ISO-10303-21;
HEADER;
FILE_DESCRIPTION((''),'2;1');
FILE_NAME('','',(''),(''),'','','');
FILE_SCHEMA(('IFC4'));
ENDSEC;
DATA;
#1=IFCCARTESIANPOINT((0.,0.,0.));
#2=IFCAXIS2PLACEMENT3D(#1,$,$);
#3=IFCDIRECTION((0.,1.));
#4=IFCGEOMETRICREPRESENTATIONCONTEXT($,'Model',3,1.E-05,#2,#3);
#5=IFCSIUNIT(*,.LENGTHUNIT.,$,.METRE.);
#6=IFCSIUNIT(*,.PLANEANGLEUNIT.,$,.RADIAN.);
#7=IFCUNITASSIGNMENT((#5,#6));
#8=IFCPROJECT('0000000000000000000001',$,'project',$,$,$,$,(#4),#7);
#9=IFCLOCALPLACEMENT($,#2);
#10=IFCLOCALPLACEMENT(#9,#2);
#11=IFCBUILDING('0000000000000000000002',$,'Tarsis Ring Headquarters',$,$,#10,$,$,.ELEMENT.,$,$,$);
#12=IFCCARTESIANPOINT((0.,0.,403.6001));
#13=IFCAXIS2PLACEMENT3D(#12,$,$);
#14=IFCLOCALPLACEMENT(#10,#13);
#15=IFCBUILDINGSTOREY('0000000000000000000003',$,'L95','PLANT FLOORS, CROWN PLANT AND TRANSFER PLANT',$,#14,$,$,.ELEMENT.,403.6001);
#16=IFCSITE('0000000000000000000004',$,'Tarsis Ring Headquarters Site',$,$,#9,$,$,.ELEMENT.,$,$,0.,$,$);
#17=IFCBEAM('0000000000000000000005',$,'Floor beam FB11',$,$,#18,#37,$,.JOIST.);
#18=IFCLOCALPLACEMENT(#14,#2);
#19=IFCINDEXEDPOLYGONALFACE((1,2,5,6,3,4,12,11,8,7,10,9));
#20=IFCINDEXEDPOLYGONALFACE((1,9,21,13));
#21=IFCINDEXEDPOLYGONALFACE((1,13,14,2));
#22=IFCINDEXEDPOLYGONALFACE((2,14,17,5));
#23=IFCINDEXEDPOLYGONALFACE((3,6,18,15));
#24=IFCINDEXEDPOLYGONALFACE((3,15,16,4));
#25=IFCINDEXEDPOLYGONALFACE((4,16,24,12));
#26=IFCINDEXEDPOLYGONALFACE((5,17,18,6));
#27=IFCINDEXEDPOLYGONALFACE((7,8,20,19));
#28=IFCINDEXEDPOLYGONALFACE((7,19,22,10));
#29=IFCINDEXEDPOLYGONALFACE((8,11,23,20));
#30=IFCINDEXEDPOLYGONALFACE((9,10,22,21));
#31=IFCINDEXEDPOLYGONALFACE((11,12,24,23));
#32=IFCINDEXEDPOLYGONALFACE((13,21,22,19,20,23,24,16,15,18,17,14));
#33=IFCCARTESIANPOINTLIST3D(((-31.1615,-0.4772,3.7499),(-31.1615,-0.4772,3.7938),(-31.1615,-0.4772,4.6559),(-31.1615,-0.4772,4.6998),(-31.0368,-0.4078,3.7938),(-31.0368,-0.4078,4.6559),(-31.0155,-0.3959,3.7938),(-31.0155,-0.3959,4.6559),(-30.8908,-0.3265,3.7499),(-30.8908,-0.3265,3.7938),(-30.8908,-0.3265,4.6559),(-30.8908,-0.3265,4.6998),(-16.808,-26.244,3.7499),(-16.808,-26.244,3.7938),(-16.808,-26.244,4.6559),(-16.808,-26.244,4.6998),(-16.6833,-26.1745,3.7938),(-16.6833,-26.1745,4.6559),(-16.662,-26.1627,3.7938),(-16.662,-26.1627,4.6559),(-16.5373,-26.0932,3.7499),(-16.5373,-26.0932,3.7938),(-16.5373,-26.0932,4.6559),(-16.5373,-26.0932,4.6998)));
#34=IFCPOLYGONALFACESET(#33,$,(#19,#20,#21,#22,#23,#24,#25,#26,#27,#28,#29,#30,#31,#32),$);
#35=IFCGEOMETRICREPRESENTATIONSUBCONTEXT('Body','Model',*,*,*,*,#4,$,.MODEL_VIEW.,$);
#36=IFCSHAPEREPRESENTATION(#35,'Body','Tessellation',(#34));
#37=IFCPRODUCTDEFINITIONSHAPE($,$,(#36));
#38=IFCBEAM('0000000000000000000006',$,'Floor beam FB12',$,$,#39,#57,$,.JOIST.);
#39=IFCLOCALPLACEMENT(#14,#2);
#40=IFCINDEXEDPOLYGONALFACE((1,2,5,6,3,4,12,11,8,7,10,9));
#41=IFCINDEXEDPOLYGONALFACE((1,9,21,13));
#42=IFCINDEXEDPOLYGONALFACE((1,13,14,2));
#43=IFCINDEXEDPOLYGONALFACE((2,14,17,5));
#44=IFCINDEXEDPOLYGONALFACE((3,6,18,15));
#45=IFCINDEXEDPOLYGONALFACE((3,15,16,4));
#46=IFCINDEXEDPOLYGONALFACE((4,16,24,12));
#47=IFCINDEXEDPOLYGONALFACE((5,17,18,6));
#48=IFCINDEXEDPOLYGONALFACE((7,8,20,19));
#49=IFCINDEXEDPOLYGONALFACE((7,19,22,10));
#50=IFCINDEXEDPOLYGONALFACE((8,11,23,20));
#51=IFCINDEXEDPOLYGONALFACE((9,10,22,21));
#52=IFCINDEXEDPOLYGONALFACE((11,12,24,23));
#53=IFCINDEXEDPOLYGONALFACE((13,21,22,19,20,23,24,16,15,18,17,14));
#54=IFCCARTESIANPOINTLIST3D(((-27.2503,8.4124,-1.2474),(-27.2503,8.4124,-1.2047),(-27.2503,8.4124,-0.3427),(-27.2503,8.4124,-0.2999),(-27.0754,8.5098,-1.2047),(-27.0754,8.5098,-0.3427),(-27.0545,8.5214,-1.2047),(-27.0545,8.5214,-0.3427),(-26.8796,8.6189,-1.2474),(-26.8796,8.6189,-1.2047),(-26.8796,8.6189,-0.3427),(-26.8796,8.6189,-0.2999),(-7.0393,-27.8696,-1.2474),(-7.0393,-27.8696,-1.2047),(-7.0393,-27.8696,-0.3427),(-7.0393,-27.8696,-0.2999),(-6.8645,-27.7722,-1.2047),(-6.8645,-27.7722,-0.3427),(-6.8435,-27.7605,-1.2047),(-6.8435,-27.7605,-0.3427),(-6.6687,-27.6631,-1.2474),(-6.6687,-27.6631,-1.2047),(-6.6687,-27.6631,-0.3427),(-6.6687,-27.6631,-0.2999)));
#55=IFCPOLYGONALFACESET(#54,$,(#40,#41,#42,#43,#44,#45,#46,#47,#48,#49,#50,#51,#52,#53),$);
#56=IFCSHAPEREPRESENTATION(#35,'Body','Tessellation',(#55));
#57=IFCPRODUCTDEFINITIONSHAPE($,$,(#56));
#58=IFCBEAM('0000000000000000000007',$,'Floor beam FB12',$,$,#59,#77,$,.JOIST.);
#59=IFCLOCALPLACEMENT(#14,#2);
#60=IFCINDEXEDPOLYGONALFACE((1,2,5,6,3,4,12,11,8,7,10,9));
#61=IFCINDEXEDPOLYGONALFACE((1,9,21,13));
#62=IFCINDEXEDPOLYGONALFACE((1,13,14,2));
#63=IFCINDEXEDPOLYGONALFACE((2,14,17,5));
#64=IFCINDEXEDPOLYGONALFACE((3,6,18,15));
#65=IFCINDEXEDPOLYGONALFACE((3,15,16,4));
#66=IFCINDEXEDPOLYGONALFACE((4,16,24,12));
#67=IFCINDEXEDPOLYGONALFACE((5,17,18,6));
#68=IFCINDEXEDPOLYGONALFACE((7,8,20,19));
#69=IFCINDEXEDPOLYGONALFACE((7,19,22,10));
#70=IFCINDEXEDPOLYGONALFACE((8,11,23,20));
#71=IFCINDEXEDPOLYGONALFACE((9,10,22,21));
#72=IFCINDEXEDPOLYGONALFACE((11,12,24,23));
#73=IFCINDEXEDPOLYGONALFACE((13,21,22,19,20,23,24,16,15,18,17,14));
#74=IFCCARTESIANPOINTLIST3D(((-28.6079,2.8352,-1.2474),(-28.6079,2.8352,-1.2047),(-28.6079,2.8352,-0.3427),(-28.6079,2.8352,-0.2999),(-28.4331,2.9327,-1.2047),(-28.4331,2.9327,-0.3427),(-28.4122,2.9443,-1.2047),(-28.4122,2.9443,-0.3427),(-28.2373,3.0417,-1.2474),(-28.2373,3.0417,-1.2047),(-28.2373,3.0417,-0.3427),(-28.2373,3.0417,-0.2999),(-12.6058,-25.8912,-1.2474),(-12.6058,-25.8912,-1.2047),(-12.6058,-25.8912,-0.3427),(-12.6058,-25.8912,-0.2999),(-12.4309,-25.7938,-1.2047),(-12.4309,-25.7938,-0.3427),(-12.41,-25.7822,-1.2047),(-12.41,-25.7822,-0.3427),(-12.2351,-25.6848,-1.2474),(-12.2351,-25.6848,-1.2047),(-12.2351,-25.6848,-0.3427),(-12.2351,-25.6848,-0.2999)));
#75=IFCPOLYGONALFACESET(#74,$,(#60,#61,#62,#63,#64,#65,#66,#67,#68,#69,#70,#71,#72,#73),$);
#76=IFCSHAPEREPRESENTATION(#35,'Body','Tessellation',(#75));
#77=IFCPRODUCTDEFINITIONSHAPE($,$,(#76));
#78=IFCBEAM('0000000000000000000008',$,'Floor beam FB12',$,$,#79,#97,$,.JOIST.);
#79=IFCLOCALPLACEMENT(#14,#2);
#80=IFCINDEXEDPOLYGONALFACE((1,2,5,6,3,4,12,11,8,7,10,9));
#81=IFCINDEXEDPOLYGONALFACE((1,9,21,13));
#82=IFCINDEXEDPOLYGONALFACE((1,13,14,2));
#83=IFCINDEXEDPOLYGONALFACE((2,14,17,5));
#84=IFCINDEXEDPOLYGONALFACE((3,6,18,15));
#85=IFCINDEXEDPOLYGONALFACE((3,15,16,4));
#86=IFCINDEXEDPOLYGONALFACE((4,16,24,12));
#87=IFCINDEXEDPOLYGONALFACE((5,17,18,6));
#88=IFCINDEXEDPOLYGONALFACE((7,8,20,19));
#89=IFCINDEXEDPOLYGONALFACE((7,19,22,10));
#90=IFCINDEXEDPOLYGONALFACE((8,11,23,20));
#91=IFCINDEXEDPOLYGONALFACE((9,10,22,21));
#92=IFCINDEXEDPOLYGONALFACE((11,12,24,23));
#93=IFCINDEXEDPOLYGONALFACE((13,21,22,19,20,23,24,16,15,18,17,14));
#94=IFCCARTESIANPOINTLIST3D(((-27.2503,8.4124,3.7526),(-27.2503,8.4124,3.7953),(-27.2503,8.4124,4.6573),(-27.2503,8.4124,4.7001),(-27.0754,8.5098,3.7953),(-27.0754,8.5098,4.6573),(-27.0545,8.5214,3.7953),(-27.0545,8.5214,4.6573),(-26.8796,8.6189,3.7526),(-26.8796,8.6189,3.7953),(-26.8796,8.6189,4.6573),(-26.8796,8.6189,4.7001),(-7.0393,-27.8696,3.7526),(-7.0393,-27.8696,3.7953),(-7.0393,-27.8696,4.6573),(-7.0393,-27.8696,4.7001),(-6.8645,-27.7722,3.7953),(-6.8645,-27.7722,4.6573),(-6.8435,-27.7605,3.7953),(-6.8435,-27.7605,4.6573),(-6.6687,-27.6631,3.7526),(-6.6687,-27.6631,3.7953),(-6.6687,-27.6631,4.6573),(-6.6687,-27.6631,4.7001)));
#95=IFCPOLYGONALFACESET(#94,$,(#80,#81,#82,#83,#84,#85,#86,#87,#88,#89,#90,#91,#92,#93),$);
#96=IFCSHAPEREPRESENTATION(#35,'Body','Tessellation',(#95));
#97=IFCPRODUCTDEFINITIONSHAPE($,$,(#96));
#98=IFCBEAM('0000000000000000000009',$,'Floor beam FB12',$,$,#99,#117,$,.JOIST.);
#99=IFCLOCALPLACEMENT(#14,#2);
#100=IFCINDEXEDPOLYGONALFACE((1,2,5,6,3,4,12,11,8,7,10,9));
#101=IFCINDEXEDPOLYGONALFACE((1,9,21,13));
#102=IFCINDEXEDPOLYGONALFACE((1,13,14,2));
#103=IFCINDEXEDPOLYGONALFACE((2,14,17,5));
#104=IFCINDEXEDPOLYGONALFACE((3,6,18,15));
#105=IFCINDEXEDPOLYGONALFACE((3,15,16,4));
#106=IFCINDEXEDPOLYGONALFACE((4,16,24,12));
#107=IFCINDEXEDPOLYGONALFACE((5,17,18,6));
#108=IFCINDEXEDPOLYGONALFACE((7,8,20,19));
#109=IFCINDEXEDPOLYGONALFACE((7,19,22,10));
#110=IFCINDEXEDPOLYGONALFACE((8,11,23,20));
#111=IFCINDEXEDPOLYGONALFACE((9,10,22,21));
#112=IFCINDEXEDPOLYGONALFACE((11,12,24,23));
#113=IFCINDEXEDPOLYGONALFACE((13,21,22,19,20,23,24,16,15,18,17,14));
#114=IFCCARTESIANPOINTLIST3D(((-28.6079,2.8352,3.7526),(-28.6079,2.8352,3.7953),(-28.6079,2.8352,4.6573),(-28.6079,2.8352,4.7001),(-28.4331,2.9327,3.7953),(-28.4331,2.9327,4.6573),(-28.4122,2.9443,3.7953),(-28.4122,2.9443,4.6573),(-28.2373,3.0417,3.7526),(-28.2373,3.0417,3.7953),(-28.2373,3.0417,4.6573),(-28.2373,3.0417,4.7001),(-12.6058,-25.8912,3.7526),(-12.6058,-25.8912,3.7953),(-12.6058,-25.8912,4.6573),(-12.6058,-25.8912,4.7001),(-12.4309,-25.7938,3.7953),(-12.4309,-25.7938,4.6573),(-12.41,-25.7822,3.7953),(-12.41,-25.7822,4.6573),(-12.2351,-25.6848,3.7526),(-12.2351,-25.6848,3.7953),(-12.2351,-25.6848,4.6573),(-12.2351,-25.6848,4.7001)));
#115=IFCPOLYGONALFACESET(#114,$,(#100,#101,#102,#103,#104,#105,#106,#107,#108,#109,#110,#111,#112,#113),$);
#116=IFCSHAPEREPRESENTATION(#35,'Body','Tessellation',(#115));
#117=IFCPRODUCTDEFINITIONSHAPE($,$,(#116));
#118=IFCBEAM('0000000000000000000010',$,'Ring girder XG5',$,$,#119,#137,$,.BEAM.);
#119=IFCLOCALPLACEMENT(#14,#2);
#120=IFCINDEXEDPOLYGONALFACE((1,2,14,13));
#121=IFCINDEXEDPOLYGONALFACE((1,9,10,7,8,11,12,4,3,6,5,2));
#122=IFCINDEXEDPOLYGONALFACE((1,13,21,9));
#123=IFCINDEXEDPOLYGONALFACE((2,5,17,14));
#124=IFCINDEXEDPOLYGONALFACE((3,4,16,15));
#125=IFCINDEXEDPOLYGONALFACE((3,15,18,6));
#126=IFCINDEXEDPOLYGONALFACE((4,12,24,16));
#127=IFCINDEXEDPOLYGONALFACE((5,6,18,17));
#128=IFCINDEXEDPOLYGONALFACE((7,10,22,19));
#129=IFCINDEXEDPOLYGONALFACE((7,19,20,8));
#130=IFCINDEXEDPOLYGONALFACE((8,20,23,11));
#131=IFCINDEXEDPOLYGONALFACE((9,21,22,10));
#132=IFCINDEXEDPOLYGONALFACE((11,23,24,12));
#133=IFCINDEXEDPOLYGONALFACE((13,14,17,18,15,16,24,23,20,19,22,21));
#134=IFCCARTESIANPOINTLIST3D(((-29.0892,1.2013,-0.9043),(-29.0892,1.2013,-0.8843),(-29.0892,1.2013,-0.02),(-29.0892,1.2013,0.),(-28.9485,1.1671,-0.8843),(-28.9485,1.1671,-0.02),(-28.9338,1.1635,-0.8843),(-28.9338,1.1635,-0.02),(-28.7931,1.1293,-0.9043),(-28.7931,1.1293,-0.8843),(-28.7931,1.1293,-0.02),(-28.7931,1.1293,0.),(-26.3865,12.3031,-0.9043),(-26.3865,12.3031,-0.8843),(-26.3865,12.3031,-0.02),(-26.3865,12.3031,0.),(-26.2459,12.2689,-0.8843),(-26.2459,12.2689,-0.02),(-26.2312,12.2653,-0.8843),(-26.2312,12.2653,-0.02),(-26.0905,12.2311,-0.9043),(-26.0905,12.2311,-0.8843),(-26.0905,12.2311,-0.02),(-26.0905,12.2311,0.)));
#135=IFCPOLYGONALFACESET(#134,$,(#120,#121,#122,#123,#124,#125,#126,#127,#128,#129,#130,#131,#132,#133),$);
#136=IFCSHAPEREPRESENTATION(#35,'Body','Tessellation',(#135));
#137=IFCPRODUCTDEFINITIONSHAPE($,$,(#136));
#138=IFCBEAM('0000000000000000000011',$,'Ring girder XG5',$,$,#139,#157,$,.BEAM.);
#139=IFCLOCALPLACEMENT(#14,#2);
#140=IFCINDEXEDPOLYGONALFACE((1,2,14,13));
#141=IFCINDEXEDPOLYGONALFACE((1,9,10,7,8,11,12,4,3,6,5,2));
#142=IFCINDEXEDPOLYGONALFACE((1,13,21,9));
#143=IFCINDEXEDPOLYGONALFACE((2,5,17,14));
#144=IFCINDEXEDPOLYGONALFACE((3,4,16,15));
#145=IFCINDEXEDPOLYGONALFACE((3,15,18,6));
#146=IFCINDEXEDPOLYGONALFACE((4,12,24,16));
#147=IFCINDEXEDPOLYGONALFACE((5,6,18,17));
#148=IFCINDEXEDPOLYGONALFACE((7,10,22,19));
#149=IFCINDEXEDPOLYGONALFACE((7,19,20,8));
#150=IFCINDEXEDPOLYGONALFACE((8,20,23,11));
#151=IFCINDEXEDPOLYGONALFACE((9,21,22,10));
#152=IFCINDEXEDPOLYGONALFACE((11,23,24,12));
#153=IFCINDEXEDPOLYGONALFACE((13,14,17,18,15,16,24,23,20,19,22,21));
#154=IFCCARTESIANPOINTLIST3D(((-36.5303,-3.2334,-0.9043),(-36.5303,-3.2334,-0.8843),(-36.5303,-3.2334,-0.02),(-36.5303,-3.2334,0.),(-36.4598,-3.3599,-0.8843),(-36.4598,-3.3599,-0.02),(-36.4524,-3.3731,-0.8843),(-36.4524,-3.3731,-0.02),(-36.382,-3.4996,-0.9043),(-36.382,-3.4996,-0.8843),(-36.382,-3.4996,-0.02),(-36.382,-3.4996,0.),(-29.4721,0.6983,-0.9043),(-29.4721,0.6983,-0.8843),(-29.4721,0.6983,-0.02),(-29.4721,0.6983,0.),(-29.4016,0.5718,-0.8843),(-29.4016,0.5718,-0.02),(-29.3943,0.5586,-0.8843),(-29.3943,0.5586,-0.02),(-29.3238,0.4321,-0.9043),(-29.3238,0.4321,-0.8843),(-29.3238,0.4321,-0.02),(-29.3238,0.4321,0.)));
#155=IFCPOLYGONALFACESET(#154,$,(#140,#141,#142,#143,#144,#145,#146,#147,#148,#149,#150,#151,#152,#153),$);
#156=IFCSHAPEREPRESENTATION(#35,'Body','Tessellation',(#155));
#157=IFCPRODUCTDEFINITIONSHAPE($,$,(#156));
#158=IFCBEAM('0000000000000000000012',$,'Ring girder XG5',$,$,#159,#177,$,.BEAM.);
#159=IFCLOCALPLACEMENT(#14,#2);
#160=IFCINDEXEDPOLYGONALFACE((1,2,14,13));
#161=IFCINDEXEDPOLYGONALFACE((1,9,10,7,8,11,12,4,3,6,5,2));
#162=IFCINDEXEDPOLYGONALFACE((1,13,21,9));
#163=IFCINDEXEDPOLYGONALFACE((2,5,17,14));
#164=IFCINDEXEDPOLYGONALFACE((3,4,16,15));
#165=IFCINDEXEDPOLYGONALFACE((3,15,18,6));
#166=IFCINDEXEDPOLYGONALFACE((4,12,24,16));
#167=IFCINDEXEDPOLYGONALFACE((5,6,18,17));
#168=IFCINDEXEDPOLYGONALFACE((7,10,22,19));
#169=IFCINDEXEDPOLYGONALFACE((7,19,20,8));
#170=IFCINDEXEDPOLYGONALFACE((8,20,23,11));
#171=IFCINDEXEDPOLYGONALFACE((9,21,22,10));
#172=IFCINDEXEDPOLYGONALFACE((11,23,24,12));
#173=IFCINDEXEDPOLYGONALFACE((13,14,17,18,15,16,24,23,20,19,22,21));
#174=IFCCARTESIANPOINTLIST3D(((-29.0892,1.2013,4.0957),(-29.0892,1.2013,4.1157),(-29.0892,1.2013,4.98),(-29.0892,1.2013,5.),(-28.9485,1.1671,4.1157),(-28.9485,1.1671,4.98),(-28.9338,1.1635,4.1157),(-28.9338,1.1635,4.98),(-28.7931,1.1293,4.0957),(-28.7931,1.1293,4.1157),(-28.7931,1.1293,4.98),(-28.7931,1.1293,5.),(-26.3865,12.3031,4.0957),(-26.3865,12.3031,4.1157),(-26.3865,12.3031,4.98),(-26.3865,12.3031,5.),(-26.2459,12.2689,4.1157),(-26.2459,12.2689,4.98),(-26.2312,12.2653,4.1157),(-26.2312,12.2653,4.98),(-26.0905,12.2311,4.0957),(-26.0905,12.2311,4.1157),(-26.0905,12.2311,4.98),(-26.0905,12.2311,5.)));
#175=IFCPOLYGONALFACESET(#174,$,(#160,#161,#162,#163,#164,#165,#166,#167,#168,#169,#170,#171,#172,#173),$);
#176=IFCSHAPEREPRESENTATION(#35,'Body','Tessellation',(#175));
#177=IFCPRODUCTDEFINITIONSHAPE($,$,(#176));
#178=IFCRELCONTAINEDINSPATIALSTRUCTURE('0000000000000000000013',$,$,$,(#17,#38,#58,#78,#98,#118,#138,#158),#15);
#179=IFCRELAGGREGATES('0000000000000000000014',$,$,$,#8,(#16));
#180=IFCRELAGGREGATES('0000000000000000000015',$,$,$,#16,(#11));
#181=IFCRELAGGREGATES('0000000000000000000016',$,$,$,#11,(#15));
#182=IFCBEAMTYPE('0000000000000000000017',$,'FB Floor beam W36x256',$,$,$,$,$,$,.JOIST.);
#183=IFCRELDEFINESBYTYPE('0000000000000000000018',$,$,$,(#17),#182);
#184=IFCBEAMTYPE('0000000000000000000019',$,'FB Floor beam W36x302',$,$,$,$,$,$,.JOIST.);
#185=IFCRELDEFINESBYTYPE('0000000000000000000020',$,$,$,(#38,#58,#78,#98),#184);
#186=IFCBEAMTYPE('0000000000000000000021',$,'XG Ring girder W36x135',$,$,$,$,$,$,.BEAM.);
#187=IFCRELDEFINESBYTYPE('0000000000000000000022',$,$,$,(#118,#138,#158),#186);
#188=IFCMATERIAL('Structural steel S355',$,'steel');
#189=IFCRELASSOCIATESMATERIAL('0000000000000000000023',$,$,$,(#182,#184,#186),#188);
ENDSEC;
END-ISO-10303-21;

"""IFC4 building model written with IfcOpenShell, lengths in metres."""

from ifc_helpers import new_model, si_unit, direction, frame, origin, origin_2d, place, context, subcontext, project, spatial, i_section, extrude, material, material_profile, profile_set, type_object, element, save


model = new_model("IFC4")

# Units and contexts
model_context = context("Model", 3, precision=1e-05, world=origin(), true_north=direction((0.0, 1.0)))
body_context = subcontext(model_context, "Body", "Model", "MODEL_VIEW")
ifc_project = project(units=[si_unit("LENGTHUNIT", "METRE"), si_unit("PLANEANGLEUNIT", "RADIAN")], contexts=[model_context])

# Site, building, storey
site_placement = place(None, origin())
site = spatial("IfcSite", under=ifc_project, at=site_placement, Name="Tarsis Ring Headquarters Site", CompositionType="ELEMENT", RefElevation=0.0)
building_placement = place(site_placement, origin())
building = spatial("IfcBuilding", under=site, at=building_placement, Name="Tarsis Ring Headquarters", CompositionType="ELEMENT")
storey_placement = place(building_placement, frame((0.0, 0.0, 403.6001)))
storey = spatial("IfcBuildingStorey", under=building, at=storey_placement, Name="L95", Description="PLANT FLOORS, CROWN PLANT AND TRANSFER PLANT", CompositionType="ELEMENT", Elevation=403.6001)

# Shared definitions
ifc_material_1 = material(Name="Structural steel S355", Category="steel")

# Beams
ifc_material_profile_1 = material_profile(ifc_material_1, i_section(OverallWidth=0.3098, OverallDepth=0.95, WebThickness=0.0244, FlangeThickness=0.0439, at=origin_2d()), Name="W36x256")
ifc_profile_set_1 = profile_set([ifc_material_profile_1], Name="Structural steel S355")
beam_type_1 = type_object("IfcBeamType", Name="FB Floor beam W36x256", PredefinedType="JOIST", material=ifc_profile_set_1)
for number, where, z_axis, x_axis, name in (
    (1, (-31.0261, -0.4019, 4.2249), (0.486643, -0.873601, 0.0), (0.873601, 0.486643, 0.0), "Floor beam FB11"),
):
    element("IfcBeam", number, at=place(storey_placement, frame(where, z_axis=z_axis, x_axis=x_axis)), inside=storey, type_object=beam_type_1, Name=name, PredefinedType="JOIST", context=body_context, shape_type="SweptSolid", body=[
        extrude(i_section(OverallWidth=0.3098, OverallDepth=0.95, WebThickness=0.0244, FlangeThickness=0.0439, at=origin_2d()), origin(), (0.0, 0.0, 1.0), 29.4949),
    ])
ifc_material_profile_2 = material_profile(ifc_material_1, i_section(OverallWidth=0.4243, OverallDepth=0.9475, WebThickness=0.0239, FlangeThickness=0.0427, at=origin_2d()), Name="W36x302")
ifc_profile_set_2 = profile_set([ifc_material_profile_2], Name="Structural steel S355")
beam_type_2 = type_object("IfcBeamType", Name="FB Floor beam W36x302", PredefinedType="JOIST", material=ifc_profile_set_2)
beam_1_placement = place(storey_placement, frame((-27.0649, 8.5156, -0.7737), z_axis=(0.486641, -0.873602, 0.0), x_axis=(0.873602, 0.486641, 0.0)))
element("IfcBeam", 2, at=beam_1_placement, inside=storey, type_object=beam_type_2, Name="Floor beam FB12", PredefinedType="JOIST", context=body_context, shape_type="SweptSolid", body=[
    extrude(i_section(OverallWidth=0.4243, OverallDepth=0.9475, WebThickness=0.0239, FlangeThickness=0.0427, at=origin_2d()), origin(), (0.0, 0.0, 1.0), 41.5315),
])
beam_2_placement = place(storey_placement, frame((-28.4226, 2.9385, -0.7737), z_axis=(0.486642, -0.873602, 0.0), x_axis=(0.873602, 0.486642, 0.0)))
element("IfcBeam", 3, at=beam_2_placement, inside=storey, type_object=beam_type_2, Name="Floor beam FB12", PredefinedType="JOIST", context=body_context, shape_type="SweptSolid", body=[
    extrude(i_section(OverallWidth=0.4243, OverallDepth=0.9475, WebThickness=0.0239, FlangeThickness=0.0427, at=origin_2d()), origin(), (0.0, 0.0, 1.0), 32.8828),
])
beam_3_placement = place(storey_placement, frame((-27.0649, 8.5156, 4.2263), z_axis=(0.486641, -0.873602, 0.0), x_axis=(0.873602, 0.486641, 0.0)))
element("IfcBeam", 4, at=beam_3_placement, inside=storey, type_object=beam_type_2, Name="Floor beam FB12", PredefinedType="JOIST", context=body_context, shape_type="SweptSolid", body=[
    extrude(i_section(OverallWidth=0.4243, OverallDepth=0.9475, WebThickness=0.0239, FlangeThickness=0.0427, at=origin_2d()), origin(), (0.0, 0.0, 1.0), 41.5315),
])
beam_4_placement = place(storey_placement, frame((-28.4226, 2.9385, 4.2263), z_axis=(0.486642, -0.873602, 0.0), x_axis=(0.873602, 0.486642, 0.0)))
element("IfcBeam", 5, at=beam_4_placement, inside=storey, type_object=beam_type_2, Name="Floor beam FB12", PredefinedType="JOIST", context=body_context, shape_type="SweptSolid", body=[
    extrude(i_section(OverallWidth=0.4243, OverallDepth=0.9475, WebThickness=0.0239, FlangeThickness=0.0427, at=origin_2d()), origin(), (0.0, 0.0, 1.0), 32.8828),
])
ifc_material_profile_3 = material_profile(ifc_material_1, i_section(OverallWidth=0.3047, OverallDepth=0.9043, WebThickness=0.0151, FlangeThickness=0.02, at=origin_2d()), Name="W36x135")
ifc_profile_set_3 = profile_set([ifc_material_profile_3], Name="Structural steel S355")
beam_type_3 = type_object("IfcBeamType", Name="XG Ring girder W36x135", PredefinedType="BEAM", material=ifc_profile_set_3)
beam_5_placement = place(storey_placement, frame((-26.2385, 12.2671, -0.4521), z_axis=(-0.236533, -0.971623, 0.0), x_axis=(0.971623, -0.236533, 0.0)))
element("IfcBeam", 6, at=beam_5_placement, inside=storey, type_object=beam_type_3, Name="Ring girder XG5", PredefinedType="BEAM", context=body_context, shape_type="SweptSolid", body=[
    extrude(i_section(OverallWidth=0.3047, OverallDepth=0.9043, WebThickness=0.0151, FlangeThickness=0.02, at=origin_2d()), origin(), (0.0, 0.0, 1.0), 11.426),
])
beam_6_placement = place(storey_placement, frame((-29.3979, 0.5652, -0.4521), z_axis=(-0.873607, -0.486633, 0.0), x_axis=(0.486633, -0.873607, 0.0)))
element("IfcBeam", 7, at=beam_6_placement, inside=storey, type_object=beam_type_3, Name="Ring girder XG5", PredefinedType="BEAM", context=body_context, shape_type="SweptSolid", body=[
    extrude(i_section(OverallWidth=0.3047, OverallDepth=0.9043, WebThickness=0.0151, FlangeThickness=0.02, at=origin_2d()), origin(), (0.0, 0.0, 1.0), 8.0793),
])
beam_7_placement = place(storey_placement, frame((-26.2385, 12.2671, 4.5479), z_axis=(-0.236533, -0.971623, 0.0), x_axis=(0.971623, -0.236533, 0.0)))
element("IfcBeam", 8, at=beam_7_placement, inside=storey, type_object=beam_type_3, Name="Ring girder XG5", PredefinedType="BEAM", context=body_context, shape_type="SweptSolid", body=[
    extrude(i_section(OverallWidth=0.3047, OverallDepth=0.9043, WebThickness=0.0151, FlangeThickness=0.02, at=origin_2d()), origin(), (0.0, 0.0, 1.0), 11.426),
])

save(model, "model.ifc")
